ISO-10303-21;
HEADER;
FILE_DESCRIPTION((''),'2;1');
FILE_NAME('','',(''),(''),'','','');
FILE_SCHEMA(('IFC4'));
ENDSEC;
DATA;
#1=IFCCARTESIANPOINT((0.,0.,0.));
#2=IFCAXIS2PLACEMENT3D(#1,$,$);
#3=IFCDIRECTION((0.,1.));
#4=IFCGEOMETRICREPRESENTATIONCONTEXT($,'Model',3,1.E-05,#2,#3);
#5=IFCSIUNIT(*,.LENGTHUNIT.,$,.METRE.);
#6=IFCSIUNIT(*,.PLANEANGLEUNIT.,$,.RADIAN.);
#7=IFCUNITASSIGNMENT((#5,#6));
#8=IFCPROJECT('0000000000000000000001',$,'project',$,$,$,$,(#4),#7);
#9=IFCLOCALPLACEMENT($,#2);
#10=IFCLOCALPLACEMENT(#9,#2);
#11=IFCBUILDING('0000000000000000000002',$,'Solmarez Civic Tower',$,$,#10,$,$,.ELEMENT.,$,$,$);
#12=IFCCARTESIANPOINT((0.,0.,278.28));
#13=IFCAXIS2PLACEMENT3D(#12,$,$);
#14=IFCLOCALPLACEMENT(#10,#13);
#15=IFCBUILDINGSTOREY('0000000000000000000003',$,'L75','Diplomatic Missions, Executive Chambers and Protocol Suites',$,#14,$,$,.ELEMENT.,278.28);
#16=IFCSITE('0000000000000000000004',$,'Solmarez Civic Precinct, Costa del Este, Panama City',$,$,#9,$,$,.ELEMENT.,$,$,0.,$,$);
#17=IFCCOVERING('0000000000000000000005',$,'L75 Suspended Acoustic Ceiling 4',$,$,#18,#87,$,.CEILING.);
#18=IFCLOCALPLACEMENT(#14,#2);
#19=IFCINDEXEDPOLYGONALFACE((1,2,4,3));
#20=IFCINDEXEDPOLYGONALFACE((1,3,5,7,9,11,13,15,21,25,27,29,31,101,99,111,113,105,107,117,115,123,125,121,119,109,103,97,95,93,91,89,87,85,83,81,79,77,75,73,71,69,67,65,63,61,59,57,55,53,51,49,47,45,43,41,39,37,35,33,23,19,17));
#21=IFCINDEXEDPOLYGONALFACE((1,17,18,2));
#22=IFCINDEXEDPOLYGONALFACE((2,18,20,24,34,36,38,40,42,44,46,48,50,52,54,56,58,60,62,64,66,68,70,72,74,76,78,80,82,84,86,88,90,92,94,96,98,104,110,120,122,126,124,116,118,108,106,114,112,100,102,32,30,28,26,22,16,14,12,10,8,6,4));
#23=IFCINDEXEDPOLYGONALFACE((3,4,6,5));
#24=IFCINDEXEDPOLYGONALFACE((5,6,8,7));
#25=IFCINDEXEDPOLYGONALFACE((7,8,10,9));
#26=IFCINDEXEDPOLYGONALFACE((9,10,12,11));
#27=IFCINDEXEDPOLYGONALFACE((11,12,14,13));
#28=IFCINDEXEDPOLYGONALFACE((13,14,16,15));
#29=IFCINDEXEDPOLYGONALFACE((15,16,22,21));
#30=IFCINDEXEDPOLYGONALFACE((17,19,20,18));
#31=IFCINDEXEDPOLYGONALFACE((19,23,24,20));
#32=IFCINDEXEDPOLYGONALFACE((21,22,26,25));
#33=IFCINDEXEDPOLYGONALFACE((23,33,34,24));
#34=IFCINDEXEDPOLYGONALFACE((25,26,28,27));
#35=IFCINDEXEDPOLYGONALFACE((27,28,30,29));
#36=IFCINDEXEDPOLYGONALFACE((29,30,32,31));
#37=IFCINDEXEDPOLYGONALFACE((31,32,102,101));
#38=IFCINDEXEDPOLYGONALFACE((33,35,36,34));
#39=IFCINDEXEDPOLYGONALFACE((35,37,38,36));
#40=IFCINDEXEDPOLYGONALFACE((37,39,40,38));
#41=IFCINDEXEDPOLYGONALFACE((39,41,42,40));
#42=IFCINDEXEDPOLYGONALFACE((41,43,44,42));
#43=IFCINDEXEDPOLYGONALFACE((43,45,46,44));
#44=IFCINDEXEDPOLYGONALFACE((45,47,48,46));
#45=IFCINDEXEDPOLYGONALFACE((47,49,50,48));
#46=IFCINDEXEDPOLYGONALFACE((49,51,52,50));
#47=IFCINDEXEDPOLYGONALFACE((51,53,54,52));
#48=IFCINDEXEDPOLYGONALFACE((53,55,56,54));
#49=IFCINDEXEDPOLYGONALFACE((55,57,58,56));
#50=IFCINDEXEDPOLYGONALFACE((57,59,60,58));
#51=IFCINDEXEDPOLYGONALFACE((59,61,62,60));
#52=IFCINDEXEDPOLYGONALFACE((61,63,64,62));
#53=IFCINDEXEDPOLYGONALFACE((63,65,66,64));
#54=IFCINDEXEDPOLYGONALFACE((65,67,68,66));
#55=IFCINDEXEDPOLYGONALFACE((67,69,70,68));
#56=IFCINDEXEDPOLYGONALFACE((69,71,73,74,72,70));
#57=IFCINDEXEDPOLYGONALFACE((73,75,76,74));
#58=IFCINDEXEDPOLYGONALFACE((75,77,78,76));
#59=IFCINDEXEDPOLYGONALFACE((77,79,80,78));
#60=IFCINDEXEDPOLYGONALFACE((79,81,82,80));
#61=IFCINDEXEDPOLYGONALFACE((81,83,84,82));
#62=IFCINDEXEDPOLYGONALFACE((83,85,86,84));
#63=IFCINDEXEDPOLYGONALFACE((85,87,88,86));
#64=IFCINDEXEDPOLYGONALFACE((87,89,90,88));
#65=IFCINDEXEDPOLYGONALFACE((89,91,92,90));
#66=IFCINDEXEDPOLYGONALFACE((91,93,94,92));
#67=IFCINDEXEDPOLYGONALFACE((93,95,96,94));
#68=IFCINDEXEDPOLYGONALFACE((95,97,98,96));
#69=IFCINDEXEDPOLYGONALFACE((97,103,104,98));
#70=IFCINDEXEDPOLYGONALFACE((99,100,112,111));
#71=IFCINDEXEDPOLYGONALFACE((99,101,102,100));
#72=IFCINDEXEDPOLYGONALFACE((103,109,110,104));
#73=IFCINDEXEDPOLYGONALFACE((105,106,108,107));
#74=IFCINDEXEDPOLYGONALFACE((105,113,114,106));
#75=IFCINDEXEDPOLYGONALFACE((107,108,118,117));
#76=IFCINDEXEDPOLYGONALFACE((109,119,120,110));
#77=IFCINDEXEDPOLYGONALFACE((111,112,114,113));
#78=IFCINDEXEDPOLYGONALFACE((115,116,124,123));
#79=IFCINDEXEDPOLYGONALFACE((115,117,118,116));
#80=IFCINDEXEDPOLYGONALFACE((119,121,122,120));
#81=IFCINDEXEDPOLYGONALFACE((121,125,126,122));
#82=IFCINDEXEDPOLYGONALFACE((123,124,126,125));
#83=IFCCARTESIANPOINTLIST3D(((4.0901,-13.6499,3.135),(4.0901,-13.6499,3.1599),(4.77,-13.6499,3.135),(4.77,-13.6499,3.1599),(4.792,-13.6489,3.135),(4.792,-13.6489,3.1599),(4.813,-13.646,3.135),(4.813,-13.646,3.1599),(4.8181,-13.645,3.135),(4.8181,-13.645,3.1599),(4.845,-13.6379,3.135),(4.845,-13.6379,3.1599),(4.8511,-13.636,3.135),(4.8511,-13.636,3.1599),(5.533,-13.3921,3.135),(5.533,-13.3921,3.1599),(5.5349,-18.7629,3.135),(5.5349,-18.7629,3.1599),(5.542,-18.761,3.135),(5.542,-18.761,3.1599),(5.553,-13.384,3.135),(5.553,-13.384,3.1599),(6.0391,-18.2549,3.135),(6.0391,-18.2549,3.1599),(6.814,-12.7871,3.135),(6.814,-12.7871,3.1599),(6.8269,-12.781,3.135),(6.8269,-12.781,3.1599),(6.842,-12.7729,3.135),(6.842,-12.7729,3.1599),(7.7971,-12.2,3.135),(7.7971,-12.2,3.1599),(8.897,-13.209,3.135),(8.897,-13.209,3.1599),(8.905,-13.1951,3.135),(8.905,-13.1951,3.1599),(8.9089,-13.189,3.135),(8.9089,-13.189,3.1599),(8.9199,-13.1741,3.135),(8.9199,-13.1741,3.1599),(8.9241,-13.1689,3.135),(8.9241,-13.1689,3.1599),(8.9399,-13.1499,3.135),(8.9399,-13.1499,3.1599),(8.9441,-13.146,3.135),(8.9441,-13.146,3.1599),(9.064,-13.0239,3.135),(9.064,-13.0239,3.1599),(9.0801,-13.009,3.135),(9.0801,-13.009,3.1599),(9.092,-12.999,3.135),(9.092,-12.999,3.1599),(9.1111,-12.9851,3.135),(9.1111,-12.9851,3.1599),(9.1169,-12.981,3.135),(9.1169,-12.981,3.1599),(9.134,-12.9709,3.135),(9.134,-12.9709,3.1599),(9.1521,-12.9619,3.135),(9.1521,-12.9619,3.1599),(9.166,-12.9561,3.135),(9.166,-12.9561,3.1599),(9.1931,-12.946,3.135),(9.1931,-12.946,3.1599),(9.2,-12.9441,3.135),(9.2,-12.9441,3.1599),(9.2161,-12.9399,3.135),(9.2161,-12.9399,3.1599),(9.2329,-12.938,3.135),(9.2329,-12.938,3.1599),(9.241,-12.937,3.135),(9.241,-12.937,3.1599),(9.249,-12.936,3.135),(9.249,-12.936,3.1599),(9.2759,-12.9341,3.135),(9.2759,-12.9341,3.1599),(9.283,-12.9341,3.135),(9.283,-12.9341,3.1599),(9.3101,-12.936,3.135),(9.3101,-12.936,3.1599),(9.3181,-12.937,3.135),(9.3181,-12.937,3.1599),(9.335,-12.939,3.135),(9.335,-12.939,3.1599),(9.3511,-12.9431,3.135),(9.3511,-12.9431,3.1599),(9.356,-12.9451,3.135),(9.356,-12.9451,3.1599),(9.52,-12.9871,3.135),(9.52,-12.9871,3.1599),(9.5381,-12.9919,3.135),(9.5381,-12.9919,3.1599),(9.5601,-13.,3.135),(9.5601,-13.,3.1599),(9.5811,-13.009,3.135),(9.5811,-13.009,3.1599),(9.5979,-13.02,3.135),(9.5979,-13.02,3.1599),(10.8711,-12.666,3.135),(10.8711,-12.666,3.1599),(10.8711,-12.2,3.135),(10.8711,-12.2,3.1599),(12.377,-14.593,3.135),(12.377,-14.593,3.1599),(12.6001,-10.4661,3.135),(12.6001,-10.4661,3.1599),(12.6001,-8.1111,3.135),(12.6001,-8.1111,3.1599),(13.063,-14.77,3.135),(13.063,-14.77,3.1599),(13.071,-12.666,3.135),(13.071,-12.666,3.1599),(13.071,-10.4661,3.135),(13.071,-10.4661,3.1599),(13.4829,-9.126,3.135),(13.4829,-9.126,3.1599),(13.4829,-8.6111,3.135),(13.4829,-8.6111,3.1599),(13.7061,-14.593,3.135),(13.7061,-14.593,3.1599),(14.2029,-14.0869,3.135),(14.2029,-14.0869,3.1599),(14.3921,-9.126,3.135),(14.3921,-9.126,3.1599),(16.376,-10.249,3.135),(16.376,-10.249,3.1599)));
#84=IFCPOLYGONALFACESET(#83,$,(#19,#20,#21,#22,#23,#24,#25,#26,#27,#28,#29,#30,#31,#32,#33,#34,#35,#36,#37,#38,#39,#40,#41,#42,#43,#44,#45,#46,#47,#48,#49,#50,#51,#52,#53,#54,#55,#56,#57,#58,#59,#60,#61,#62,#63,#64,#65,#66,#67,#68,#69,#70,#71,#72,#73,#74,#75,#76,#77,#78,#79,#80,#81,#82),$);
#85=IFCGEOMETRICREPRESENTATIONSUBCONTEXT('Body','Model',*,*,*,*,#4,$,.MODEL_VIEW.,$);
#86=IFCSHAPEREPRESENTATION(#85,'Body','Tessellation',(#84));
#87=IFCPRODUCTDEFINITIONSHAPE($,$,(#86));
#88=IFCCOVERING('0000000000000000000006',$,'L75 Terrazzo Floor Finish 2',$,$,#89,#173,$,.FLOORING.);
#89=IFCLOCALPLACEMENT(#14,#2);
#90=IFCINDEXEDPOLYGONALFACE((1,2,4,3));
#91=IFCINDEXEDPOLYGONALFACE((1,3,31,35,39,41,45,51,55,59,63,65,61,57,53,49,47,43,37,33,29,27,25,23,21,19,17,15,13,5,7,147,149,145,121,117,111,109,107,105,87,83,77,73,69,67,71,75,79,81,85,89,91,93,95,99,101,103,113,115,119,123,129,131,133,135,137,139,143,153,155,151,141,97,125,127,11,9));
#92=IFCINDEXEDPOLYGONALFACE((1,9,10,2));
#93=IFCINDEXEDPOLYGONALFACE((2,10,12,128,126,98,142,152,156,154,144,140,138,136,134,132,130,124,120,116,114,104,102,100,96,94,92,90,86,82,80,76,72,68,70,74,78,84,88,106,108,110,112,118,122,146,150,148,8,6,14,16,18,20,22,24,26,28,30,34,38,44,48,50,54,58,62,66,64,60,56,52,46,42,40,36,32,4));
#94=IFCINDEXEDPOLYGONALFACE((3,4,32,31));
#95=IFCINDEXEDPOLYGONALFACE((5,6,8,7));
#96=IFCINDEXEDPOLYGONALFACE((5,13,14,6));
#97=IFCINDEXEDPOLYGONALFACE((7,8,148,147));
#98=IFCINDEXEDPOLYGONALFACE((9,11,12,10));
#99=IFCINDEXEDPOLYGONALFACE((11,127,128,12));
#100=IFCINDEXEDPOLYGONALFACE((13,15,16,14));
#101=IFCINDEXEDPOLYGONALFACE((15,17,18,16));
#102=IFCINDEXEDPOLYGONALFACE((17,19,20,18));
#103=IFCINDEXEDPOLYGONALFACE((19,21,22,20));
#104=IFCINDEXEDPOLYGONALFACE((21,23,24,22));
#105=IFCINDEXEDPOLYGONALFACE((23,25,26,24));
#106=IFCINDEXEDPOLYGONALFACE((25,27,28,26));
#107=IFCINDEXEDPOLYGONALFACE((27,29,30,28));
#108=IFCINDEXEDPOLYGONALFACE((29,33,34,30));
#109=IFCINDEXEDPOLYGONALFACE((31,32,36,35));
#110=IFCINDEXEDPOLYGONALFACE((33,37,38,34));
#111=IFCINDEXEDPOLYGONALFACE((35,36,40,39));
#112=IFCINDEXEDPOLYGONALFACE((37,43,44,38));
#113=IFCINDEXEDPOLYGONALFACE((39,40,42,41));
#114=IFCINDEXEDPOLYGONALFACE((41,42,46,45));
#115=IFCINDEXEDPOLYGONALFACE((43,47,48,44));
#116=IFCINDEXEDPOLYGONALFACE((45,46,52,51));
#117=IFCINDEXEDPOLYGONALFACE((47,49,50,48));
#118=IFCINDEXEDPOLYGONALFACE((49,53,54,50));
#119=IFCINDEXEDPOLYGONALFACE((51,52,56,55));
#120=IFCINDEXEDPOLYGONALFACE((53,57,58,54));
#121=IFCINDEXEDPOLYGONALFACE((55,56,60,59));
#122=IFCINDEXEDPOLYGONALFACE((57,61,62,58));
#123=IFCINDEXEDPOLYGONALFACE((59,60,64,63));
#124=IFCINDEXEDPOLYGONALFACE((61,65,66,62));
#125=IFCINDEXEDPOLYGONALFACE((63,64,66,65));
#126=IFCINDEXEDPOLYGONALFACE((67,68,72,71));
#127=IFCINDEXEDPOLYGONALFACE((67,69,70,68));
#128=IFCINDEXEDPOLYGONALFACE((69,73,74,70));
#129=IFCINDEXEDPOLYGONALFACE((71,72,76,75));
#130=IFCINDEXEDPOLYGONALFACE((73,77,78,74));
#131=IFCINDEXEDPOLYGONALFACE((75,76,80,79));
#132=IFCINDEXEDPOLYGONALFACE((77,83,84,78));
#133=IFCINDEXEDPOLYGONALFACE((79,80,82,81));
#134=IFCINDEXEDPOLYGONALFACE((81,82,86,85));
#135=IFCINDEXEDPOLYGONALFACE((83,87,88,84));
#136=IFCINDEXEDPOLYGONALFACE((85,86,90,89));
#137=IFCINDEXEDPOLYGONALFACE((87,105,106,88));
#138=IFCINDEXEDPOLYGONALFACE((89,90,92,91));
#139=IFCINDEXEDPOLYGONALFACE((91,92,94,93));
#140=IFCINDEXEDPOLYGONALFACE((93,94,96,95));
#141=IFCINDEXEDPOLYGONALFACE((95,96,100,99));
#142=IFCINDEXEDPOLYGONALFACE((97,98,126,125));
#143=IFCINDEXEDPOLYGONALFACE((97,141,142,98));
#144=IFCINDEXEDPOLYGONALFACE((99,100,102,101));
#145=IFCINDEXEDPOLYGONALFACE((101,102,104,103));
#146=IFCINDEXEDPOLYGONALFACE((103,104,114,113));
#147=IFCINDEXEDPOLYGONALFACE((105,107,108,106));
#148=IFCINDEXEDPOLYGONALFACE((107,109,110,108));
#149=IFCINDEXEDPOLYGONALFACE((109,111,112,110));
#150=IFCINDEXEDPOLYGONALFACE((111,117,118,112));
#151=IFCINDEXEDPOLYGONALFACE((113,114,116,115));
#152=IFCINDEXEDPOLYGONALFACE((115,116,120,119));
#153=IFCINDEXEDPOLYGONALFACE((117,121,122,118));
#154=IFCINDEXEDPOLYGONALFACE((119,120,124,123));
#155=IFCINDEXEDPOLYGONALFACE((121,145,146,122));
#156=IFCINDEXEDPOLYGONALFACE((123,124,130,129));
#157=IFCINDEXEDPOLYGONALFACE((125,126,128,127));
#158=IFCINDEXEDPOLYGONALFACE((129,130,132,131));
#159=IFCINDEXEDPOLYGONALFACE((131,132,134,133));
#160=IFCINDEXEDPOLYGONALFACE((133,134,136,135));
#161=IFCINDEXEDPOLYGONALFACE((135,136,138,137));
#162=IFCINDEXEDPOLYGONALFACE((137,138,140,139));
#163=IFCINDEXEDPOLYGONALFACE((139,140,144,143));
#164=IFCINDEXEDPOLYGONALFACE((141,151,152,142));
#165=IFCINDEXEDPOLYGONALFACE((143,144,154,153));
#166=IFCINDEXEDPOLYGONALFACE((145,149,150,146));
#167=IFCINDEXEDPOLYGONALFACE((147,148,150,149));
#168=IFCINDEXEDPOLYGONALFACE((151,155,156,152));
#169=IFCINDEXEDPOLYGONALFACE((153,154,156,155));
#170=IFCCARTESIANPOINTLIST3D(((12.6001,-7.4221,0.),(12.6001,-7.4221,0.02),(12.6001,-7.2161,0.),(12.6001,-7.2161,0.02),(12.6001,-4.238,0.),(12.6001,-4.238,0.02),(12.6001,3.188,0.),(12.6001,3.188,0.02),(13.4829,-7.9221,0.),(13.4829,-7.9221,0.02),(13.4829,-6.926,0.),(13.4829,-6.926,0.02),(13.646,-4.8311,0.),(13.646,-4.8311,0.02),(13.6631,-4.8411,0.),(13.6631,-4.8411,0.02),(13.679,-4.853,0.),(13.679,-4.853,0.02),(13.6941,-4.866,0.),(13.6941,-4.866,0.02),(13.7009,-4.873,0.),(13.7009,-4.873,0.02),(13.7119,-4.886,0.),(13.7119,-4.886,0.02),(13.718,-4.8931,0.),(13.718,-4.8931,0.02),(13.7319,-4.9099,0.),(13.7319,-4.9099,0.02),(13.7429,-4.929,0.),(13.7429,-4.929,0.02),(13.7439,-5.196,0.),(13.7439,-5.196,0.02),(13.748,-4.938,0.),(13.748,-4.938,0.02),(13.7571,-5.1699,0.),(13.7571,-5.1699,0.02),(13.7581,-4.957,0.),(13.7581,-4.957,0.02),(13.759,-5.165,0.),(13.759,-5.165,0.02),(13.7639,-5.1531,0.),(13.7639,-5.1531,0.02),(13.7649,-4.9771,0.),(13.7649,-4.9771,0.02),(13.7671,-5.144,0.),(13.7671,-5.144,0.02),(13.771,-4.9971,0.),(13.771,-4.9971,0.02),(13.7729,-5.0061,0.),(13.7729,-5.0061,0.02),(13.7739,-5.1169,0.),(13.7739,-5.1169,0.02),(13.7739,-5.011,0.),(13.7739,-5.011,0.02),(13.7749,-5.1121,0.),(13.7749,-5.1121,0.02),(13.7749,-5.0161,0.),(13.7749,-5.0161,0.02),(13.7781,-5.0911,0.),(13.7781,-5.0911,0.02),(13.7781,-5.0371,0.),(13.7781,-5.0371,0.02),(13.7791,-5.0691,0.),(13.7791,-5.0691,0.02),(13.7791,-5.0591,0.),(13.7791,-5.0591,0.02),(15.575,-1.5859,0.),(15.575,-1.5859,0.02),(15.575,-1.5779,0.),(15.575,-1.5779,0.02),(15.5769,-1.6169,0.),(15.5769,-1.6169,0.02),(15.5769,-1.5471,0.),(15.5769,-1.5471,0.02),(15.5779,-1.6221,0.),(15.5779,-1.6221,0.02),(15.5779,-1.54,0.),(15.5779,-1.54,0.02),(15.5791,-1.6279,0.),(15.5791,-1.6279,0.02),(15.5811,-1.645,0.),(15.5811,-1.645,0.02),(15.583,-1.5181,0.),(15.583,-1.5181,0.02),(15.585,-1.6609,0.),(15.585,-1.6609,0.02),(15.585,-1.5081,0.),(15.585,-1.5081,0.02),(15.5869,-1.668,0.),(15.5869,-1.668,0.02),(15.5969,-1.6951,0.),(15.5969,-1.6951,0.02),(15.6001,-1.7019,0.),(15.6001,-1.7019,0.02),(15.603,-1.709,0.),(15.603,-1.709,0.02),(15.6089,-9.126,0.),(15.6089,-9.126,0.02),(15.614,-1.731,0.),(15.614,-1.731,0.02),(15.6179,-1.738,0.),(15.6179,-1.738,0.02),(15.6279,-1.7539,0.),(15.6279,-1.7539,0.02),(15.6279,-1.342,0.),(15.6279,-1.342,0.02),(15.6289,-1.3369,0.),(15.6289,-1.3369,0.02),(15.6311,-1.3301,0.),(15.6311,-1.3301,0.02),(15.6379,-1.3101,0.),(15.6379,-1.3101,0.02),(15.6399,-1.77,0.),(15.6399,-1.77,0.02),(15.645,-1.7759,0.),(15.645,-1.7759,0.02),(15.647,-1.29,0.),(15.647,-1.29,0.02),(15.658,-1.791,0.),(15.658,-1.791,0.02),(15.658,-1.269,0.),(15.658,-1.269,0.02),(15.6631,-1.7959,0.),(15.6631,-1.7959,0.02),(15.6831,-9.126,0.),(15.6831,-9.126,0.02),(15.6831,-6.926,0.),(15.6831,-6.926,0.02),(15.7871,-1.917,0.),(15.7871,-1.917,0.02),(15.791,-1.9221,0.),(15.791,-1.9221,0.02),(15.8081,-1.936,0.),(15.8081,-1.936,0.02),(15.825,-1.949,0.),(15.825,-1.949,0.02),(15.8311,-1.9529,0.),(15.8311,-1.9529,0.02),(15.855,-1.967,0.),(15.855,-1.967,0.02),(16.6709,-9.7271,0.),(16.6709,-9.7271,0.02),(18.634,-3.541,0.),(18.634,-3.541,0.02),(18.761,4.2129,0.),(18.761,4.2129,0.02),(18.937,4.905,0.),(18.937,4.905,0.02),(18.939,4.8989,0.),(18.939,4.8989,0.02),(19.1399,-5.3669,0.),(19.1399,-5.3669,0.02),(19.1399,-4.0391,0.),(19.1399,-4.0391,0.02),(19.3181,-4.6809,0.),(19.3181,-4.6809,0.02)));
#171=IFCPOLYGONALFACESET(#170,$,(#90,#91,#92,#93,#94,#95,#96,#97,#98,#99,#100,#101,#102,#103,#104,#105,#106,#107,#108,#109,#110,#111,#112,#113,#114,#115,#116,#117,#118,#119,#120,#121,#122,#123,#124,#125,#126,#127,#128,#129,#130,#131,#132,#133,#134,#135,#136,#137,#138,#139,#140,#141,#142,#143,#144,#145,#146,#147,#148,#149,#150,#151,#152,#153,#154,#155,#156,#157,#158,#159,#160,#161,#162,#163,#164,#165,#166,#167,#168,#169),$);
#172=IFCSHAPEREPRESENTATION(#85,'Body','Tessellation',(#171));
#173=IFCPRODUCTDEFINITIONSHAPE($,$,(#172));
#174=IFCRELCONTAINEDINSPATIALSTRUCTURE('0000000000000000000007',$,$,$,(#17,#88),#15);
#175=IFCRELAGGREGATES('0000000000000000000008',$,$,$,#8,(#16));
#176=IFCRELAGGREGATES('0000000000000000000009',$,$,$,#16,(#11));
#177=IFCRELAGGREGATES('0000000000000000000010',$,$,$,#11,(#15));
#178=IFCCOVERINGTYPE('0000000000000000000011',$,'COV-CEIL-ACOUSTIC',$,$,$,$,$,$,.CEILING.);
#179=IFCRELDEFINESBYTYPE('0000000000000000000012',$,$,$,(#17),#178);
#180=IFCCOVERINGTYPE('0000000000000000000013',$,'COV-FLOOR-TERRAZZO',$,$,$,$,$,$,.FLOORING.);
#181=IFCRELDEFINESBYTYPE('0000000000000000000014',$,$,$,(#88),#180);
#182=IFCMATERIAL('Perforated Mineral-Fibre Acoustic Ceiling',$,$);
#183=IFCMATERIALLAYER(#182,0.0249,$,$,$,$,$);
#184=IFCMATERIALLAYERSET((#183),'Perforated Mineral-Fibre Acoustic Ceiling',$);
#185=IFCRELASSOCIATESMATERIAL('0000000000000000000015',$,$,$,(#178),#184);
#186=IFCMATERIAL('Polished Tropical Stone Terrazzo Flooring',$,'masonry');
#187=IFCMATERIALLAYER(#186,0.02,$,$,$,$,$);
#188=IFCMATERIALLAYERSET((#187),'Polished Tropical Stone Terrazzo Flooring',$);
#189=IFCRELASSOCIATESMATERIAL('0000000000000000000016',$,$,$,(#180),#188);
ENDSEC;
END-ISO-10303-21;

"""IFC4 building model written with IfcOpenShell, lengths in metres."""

from ifc_helpers import new_model, si_unit, direction, frame, origin, place, context, subcontext, project, spatial, polyline, outline, extrude, material, layer, layer_set, type_object, element, save


model = new_model("IFC4")

# Units and contexts
model_context = context("Model", 3, precision=1e-05, world=origin(), true_north=direction((0.0, 1.0)))
body_context = subcontext(model_context, "Body", "Model", "MODEL_VIEW")
ifc_project = project(units=[si_unit("LENGTHUNIT", "METRE"), si_unit("PLANEANGLEUNIT", "RADIAN")], contexts=[model_context])

# Site, building, storey
site_placement = place(None, origin())
site = spatial("IfcSite", under=ifc_project, at=site_placement, Name="Solmarez Civic Precinct, Costa del Este, Panama City", CompositionType="ELEMENT", RefElevation=0.0)
building_placement = place(site_placement, origin())
building = spatial("IfcBuilding", under=site, at=building_placement, Name="Solmarez Civic Tower", CompositionType="ELEMENT")
storey_placement = place(building_placement, frame((0.0, 0.0, 278.28)))
storey = spatial("IfcBuildingStorey", under=building, at=storey_placement, Name="L75", Description="Diplomatic Missions, Executive Chambers and Protocol Suites", CompositionType="ELEMENT", Elevation=278.28)

# Coverings
ifc_material_1 = material(Name="Perforated Mineral-Fibre Acoustic Ceiling")
ifc_layer_1 = layer(ifc_material_1, 0.0249)
ifc_layer_set_1 = layer_set([ifc_layer_1], Name="Perforated Mineral-Fibre Acoustic Ceiling")
covering_type_1 = type_object("IfcCoveringType", Name="COV-CEIL-ACOUSTIC", PredefinedType="CEILING", material=ifc_layer_set_1)
covering_1_placement = place(storey_placement, frame((0.0, 0.0, 3.135)))
element("IfcCovering", 1, at=covering_1_placement, inside=storey, type_object=covering_type_1, Name="L75 Suspended Acoustic Ceiling 4", PredefinedType="CEILING", context=body_context, shape_type="SweptSolid", body=[
    extrude(outline(polyline([(6.814, -12.7871), (5.553, -13.384), (5.533, -13.3921), (4.8511, -13.636), (4.845, -13.6379), (4.8181, -13.645), (4.813, -13.646), (4.792, -13.6489), (4.77, -13.6499), (4.0901, -13.6499), (5.5349, -18.7629), (5.542, -18.761), (6.0391, -18.2549), (8.897, -13.209), (8.905, -13.1951), (8.9089, -13.189), (8.9199, -13.1741), (8.9241, -13.1689), (8.9399, -13.1499), (8.9441, -13.146), (9.064, -13.0239), (9.0801, -13.009), (9.092, -12.999), (9.1111, -12.9851), (9.1169, -12.981), (9.134, -12.9709), (9.1521, -12.9619), (9.166, -12.9561), (9.1931, -12.946), (9.2, -12.9441), (9.2161, -12.9399), (9.2329, -12.938), (9.241, -12.937), (9.249, -12.936), (9.2759, -12.9341), (9.283, -12.9341), (9.3101, -12.936), (9.3181, -12.937), (9.335, -12.939), (9.3511, -12.9431), (9.356, -12.9451), (9.52, -12.9871), (9.5381, -12.9919), (9.5601, -13.0), (9.5811, -13.009), (9.5979, -13.02), (12.377, -14.593), (13.063, -14.77), (13.7061, -14.593), (14.2029, -14.0869), (16.376, -10.249), (14.3921, -9.126), (13.4829, -9.126), (13.4829, -8.6111), (12.6001, -8.1111), (12.6001, -10.4661), (13.071, -10.4661), (13.071, -12.666), (10.8711, -12.666), (10.8711, -12.2), (7.7971, -12.2), (6.842, -12.7729), (6.8269, -12.781), (6.814, -12.7871)])), origin(), (0.0, 0.0, 1.0), 0.0249),
])
ifc_material_2 = material(Name="Polished Tropical Stone Terrazzo Flooring", Category="masonry")
ifc_layer_2 = layer(ifc_material_2, 0.02)
ifc_layer_set_2 = layer_set([ifc_layer_2], Name="Polished Tropical Stone Terrazzo Flooring")
covering_type_2 = type_object("IfcCoveringType", Name="COV-FLOOR-TERRAZZO", PredefinedType="FLOORING", material=ifc_layer_set_2)
covering_2_placement = place(storey_placement, origin())
element("IfcCovering", 2, at=covering_2_placement, inside=storey, type_object=covering_type_2, Name="L75 Terrazzo Floor Finish 2", PredefinedType="FLOORING", context=body_context, shape_type="SweptSolid", body=[
    extrude(outline(polyline([(12.6001, 3.188), (12.6001, -4.238), (13.646, -4.8311), (13.6631, -4.8411), (13.679, -4.853), (13.6941, -4.866), (13.7009, -4.873), (13.7119, -4.886), (13.718, -4.8931), (13.7319, -4.9099), (13.7429, -4.929), (13.748, -4.938), (13.7581, -4.957), (13.7649, -4.9771), (13.771, -4.9971), (13.7729, -5.0061), (13.7739, -5.011), (13.7749, -5.0161), (13.7781, -5.0371), (13.7791, -5.0591), (13.7791, -5.0691), (13.7781, -5.0911), (13.7749, -5.1121), (13.7739, -5.1169), (13.7671, -5.144), (13.7639, -5.1531), (13.759, -5.165), (13.7571, -5.1699), (13.7439, -5.196), (12.6001, -7.2161), (12.6001, -7.4221), (13.4829, -7.9221), (13.4829, -6.926), (15.6831, -6.926), (15.6831, -9.126), (15.6089, -9.126), (16.6709, -9.7271), (19.1399, -5.3669), (19.3181, -4.6809), (19.1399, -4.0391), (18.634, -3.541), (15.855, -1.967), (15.8311, -1.9529), (15.825, -1.949), (15.8081, -1.936), (15.791, -1.9221), (15.7871, -1.917), (15.6631, -1.7959), (15.658, -1.791), (15.645, -1.7759), (15.6399, -1.77), (15.6279, -1.7539), (15.6179, -1.738), (15.614, -1.731), (15.603, -1.709), (15.6001, -1.7019), (15.5969, -1.6951), (15.5869, -1.668), (15.585, -1.6609), (15.5811, -1.645), (15.5791, -1.6279), (15.5779, -1.6221), (15.5769, -1.6169), (15.575, -1.5859), (15.575, -1.5779), (15.5769, -1.5471), (15.5779, -1.54), (15.583, -1.5181), (15.585, -1.5081), (15.6279, -1.342), (15.6289, -1.3369), (15.6311, -1.3301), (15.6379, -1.3101), (15.647, -1.29), (15.658, -1.269), (18.761, 4.2129), (18.939, 4.8989), (18.937, 4.905), (12.6001, 3.188)])), origin(), (0.0, 0.0, 1.0), 0.02),
])

save(model, "model.ifc")
